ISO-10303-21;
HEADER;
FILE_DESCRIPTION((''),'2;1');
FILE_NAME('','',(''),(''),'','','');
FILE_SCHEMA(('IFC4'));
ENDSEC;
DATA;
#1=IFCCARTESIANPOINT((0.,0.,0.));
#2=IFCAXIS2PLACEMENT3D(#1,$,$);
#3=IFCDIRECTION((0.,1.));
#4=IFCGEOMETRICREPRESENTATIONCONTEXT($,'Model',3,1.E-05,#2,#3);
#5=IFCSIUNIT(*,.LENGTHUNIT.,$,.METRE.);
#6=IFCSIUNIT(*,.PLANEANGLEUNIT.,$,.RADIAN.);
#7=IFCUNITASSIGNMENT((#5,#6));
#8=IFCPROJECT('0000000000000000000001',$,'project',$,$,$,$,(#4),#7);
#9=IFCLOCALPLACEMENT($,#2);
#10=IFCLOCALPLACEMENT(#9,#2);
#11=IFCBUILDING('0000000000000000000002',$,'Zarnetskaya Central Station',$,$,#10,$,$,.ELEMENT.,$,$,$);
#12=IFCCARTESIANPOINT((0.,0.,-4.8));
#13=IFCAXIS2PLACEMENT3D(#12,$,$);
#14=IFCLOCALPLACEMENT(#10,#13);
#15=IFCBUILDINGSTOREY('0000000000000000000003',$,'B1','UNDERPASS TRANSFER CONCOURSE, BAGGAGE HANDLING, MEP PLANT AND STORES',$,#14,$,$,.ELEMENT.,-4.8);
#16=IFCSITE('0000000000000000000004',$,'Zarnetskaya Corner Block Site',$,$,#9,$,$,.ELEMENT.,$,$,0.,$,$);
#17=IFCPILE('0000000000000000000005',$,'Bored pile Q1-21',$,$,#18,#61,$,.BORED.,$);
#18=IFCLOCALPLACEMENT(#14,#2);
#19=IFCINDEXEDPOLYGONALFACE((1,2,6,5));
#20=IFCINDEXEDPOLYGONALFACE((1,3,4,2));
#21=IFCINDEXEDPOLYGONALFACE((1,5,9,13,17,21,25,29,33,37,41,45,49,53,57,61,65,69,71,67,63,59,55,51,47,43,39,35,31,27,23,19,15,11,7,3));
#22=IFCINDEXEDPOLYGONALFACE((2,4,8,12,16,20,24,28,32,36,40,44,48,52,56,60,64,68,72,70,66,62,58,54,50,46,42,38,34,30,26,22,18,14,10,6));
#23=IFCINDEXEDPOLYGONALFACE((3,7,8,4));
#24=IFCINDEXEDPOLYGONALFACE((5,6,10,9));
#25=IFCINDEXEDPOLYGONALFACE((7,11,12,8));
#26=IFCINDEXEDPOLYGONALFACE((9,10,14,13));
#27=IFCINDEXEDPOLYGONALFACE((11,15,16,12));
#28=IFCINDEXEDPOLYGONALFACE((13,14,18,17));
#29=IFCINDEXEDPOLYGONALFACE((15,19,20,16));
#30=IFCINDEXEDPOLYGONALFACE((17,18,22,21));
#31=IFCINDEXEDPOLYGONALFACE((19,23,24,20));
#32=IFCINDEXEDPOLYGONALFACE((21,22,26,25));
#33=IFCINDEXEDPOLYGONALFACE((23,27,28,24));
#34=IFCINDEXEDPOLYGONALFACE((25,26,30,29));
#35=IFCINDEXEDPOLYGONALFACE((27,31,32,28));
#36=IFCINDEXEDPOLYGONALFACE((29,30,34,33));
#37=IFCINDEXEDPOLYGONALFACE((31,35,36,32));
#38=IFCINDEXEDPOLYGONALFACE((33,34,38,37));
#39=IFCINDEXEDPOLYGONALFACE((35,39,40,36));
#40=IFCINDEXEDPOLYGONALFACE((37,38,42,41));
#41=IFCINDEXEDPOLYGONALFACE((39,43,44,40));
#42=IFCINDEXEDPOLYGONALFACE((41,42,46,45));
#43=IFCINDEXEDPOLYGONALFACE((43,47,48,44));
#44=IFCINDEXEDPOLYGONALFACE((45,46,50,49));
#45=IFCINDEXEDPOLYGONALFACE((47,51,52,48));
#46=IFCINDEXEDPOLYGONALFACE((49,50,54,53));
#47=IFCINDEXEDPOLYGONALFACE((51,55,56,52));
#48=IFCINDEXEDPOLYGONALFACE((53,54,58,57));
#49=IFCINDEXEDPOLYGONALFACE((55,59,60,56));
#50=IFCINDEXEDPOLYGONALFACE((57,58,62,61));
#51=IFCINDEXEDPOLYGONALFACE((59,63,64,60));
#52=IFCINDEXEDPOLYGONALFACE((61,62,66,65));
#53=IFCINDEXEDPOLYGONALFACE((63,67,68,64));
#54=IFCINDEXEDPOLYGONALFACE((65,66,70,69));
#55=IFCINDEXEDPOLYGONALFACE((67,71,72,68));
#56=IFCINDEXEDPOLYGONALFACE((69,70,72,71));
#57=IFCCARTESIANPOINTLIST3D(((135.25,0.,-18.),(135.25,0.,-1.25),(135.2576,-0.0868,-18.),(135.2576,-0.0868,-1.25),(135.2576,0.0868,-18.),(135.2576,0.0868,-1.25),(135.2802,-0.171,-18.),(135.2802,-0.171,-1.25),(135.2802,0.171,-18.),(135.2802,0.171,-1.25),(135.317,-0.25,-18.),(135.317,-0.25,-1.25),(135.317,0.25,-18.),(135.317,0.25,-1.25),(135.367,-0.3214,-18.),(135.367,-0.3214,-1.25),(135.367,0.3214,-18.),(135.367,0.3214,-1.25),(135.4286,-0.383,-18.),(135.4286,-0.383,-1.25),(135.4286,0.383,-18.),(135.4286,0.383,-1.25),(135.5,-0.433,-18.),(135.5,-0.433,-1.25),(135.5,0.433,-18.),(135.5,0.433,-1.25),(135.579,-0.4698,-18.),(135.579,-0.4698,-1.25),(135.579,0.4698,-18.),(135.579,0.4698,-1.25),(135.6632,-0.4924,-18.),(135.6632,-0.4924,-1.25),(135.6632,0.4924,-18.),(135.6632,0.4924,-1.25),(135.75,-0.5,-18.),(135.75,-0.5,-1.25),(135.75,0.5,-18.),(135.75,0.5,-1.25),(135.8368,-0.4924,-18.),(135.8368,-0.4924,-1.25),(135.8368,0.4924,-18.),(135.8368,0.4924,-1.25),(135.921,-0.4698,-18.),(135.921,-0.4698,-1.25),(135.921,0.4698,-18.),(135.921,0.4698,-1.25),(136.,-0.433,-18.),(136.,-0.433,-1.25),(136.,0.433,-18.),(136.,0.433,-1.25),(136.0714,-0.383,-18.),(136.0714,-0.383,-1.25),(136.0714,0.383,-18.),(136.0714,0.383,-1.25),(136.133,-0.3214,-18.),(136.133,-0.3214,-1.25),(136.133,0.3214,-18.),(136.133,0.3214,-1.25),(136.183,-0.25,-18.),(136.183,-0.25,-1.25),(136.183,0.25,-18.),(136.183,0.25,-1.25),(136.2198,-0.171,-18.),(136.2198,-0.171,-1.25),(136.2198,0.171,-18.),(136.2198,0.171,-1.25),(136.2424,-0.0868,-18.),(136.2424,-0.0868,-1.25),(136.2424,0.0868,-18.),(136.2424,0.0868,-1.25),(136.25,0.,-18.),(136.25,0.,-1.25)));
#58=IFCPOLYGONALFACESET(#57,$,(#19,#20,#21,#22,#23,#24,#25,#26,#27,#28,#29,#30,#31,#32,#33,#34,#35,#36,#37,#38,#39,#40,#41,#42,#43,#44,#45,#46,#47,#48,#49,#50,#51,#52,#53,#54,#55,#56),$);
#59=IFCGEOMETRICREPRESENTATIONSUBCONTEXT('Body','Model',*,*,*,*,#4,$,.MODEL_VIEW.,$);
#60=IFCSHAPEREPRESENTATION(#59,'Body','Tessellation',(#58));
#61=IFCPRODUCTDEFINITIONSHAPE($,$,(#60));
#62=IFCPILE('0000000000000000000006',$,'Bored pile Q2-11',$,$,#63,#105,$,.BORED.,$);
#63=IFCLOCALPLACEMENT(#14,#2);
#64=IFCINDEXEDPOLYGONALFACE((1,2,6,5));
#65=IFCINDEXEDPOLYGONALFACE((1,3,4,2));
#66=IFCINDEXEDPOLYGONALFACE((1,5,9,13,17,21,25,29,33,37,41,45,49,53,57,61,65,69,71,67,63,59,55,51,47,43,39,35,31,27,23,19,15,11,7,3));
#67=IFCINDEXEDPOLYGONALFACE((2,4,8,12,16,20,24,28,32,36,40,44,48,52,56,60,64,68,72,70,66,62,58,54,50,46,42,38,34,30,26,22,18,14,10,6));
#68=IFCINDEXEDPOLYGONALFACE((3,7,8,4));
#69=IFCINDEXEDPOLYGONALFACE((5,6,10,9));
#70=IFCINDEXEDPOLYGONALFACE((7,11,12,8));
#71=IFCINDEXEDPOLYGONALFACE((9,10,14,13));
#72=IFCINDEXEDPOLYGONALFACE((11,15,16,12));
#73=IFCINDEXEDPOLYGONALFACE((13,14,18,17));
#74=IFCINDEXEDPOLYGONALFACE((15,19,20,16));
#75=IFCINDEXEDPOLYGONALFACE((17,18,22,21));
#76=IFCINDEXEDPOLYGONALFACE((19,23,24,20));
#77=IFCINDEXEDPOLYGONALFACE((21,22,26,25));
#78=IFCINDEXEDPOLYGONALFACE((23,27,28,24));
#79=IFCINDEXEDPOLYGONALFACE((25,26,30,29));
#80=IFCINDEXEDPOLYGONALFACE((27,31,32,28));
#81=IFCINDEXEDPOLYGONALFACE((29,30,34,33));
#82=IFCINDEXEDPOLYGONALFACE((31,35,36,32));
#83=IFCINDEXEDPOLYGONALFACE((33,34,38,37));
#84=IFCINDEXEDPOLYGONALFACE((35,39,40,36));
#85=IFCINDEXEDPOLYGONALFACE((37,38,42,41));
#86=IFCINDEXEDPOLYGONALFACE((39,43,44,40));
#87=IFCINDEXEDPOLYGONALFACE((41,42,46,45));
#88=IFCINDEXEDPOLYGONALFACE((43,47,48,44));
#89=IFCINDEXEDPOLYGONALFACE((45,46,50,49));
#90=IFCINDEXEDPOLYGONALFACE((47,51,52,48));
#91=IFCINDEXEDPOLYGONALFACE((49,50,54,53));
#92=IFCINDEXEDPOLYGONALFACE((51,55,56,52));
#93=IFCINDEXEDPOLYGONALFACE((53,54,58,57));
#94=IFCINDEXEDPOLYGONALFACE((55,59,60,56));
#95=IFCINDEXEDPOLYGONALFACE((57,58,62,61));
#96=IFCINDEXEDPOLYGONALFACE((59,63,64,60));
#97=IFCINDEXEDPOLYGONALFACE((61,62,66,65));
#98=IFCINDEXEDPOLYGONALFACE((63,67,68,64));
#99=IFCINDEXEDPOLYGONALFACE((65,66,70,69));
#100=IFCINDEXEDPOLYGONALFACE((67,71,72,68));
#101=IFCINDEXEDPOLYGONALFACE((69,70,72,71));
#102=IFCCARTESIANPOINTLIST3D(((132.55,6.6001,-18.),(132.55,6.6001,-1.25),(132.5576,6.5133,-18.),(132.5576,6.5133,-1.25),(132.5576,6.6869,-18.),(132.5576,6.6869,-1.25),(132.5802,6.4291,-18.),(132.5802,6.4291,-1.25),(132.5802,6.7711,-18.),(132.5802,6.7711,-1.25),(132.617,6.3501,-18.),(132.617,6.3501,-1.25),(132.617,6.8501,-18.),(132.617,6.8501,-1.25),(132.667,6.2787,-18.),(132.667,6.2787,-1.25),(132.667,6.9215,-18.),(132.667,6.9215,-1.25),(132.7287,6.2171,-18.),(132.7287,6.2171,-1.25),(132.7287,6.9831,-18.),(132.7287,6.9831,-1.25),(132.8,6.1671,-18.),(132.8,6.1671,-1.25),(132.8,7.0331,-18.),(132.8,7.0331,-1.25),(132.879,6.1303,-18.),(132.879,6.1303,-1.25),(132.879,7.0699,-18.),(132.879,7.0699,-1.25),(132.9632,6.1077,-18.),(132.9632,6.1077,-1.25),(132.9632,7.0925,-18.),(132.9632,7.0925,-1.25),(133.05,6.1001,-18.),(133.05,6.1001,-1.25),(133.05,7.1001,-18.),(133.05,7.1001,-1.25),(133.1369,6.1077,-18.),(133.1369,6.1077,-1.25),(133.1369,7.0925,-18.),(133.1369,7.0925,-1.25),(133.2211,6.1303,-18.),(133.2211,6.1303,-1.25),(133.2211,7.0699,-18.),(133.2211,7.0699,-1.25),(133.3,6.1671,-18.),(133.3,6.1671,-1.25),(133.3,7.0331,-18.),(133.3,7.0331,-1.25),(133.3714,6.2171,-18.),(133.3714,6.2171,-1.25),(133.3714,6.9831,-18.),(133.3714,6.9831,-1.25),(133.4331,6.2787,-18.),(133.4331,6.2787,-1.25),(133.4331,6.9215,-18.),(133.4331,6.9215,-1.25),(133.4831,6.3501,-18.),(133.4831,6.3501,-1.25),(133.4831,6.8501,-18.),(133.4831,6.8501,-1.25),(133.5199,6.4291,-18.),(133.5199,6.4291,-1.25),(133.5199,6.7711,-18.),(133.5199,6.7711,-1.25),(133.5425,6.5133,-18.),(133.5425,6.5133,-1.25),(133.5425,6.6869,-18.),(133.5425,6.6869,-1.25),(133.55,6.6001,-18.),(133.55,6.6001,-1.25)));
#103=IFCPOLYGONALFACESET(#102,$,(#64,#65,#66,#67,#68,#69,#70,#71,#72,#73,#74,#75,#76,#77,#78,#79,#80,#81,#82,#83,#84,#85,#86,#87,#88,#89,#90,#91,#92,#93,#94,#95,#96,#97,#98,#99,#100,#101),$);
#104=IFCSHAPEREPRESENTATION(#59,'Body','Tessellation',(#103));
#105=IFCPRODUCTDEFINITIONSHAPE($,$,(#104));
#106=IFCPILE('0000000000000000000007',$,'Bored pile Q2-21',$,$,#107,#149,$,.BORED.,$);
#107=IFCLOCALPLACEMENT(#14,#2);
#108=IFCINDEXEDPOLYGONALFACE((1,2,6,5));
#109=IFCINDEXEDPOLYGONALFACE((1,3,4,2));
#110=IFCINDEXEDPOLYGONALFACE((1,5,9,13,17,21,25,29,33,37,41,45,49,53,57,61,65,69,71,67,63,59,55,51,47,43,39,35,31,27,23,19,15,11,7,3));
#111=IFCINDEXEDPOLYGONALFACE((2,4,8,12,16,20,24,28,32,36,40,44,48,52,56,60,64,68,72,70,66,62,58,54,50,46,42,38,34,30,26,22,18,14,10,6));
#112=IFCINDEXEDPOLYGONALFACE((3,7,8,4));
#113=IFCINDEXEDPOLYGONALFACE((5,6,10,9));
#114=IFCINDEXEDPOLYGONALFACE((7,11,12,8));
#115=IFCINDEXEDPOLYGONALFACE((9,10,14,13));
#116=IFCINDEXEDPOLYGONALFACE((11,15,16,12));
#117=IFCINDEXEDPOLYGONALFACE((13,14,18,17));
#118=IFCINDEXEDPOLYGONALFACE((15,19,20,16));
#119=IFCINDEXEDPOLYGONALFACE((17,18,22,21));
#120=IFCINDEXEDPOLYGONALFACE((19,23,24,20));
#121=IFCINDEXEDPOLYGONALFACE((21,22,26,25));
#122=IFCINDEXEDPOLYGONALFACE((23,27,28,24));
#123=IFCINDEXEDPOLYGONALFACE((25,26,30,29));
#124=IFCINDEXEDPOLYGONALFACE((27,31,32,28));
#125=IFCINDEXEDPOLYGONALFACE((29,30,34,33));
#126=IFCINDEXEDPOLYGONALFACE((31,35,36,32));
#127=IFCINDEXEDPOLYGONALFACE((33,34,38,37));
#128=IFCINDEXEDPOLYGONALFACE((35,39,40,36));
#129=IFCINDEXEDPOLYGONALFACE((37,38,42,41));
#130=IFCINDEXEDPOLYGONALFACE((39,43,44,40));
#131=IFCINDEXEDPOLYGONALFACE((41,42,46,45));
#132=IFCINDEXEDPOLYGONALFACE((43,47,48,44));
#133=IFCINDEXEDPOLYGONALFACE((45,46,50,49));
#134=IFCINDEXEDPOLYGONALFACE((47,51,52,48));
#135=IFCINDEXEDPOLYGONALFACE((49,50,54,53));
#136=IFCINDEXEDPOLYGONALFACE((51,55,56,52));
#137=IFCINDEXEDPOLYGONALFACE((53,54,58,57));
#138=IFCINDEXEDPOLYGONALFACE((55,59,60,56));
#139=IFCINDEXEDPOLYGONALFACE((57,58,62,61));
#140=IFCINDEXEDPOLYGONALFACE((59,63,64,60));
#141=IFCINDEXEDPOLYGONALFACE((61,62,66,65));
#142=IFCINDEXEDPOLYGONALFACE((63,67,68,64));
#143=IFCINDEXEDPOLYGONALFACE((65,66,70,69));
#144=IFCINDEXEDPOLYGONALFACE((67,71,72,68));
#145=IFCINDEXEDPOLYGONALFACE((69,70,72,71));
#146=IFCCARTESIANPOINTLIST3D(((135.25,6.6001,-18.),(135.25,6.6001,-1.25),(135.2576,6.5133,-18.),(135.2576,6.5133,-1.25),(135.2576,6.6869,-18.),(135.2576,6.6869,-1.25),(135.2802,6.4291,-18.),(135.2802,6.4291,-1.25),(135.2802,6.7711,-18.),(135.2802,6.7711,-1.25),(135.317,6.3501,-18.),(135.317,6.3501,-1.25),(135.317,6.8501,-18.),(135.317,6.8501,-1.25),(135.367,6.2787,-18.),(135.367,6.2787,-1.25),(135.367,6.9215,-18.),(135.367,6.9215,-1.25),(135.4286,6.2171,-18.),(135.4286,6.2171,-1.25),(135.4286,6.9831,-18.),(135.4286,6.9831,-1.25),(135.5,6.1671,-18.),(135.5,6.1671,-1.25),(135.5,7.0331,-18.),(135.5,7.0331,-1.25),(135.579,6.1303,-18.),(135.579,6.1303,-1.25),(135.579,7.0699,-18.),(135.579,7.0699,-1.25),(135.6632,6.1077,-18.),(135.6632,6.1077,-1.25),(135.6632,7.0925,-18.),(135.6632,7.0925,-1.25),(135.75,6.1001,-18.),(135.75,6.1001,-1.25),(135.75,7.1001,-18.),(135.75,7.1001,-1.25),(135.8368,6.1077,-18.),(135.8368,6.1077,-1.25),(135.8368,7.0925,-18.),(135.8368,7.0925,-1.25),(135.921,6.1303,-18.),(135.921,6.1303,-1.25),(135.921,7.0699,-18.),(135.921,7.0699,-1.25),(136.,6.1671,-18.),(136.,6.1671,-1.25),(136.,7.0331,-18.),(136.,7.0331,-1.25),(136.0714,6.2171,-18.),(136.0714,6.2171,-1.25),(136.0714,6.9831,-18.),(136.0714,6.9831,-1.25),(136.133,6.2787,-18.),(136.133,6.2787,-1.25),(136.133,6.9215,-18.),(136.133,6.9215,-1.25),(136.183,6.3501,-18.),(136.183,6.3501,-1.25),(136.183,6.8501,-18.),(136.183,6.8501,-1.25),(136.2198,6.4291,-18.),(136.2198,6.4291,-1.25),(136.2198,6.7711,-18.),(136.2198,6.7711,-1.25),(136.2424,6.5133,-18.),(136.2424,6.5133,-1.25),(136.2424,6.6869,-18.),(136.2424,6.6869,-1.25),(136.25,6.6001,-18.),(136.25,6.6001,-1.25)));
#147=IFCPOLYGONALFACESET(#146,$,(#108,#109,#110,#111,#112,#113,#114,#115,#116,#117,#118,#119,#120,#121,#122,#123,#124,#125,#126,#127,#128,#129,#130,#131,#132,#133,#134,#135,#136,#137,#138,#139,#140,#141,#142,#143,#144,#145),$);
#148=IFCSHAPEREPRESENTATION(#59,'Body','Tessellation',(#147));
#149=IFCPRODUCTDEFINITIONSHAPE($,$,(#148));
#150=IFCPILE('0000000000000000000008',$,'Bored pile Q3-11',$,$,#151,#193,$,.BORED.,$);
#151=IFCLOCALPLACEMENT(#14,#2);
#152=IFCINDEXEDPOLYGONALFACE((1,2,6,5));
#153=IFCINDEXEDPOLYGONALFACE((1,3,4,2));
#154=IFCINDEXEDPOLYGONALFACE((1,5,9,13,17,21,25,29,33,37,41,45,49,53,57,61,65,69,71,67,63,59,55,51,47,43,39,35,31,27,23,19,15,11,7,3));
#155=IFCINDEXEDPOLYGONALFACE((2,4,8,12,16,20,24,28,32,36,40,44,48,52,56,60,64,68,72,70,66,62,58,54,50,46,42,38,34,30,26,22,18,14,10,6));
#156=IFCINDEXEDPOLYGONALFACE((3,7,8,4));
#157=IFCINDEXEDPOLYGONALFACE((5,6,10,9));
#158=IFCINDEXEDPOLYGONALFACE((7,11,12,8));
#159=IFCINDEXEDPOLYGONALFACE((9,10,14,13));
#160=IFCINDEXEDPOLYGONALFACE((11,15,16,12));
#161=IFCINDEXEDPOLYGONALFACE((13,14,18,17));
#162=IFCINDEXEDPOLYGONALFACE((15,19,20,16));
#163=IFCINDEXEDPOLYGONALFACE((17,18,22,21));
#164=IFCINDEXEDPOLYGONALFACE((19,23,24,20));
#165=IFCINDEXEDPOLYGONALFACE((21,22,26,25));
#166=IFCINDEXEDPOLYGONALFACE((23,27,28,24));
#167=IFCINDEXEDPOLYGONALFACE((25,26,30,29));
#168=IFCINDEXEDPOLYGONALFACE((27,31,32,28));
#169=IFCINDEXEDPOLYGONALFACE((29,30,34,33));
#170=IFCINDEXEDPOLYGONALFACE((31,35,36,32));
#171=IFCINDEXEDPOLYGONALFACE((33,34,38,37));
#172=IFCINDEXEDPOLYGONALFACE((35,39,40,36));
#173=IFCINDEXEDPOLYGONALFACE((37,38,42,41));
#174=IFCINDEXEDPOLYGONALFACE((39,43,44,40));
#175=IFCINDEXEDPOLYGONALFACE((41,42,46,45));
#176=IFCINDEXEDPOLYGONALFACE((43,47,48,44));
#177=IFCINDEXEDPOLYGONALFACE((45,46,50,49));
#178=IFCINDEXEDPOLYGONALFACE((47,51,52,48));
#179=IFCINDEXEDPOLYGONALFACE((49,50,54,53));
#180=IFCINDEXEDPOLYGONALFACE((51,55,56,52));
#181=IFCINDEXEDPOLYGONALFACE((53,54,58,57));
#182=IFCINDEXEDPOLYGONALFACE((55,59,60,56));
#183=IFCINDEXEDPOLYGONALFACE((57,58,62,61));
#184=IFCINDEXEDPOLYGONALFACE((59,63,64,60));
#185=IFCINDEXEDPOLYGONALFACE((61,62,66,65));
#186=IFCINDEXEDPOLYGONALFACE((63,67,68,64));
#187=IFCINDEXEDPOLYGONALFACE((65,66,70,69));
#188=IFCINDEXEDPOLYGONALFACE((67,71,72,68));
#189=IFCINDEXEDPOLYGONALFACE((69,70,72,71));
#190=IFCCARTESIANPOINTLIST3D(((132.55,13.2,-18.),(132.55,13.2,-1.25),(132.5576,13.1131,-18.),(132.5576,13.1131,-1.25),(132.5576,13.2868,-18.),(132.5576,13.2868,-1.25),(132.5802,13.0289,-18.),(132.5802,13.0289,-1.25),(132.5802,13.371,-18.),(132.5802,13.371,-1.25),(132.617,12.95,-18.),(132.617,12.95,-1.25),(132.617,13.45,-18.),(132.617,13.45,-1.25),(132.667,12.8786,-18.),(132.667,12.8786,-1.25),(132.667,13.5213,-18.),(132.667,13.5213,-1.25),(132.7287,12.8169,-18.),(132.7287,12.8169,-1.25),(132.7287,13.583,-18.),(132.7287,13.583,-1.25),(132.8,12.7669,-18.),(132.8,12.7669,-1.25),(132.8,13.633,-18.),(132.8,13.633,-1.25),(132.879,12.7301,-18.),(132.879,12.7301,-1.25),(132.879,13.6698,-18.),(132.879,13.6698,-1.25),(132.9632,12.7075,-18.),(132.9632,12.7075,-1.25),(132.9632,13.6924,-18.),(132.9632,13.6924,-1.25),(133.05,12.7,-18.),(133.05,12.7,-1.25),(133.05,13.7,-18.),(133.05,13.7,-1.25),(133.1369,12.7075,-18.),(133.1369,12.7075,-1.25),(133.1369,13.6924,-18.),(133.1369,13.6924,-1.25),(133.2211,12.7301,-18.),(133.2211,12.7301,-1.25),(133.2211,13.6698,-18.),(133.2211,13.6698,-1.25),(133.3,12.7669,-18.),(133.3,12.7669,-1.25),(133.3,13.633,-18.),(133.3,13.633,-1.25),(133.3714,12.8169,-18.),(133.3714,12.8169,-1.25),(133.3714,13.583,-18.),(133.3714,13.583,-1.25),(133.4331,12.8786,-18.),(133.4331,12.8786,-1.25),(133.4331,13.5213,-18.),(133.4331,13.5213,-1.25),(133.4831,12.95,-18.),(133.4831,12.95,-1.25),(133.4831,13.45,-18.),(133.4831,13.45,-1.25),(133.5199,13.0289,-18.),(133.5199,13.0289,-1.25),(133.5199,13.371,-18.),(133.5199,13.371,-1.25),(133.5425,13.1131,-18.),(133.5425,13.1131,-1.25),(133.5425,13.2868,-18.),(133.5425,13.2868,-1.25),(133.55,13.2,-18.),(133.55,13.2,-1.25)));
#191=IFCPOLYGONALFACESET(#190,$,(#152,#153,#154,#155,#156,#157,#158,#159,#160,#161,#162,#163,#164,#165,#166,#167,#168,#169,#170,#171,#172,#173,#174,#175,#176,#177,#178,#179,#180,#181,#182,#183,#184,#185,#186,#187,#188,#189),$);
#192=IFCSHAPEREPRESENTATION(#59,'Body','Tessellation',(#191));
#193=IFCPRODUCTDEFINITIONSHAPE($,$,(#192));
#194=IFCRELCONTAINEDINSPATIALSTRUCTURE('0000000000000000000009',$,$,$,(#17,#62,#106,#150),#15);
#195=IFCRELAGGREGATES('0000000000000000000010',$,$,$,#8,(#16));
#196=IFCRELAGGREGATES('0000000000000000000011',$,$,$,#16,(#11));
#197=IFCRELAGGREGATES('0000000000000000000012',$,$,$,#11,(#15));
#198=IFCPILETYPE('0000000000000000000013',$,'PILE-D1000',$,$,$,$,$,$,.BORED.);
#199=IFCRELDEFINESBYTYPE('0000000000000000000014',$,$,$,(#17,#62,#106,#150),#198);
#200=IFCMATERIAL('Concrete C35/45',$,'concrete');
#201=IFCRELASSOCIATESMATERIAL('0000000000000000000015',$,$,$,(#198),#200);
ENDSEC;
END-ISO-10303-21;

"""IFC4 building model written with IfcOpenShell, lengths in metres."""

from ifc_helpers import new_model, si_unit, direction, frame, origin, origin_2d, place, context, subcontext, project, spatial, circle, extrude, material, material_profile, profile_set, type_object, element, save


model = new_model("IFC4")

# Units and contexts
model_context = context("Model", 3, precision=1e-05, world=origin(), true_north=direction((0.0, 1.0)))
body_context = subcontext(model_context, "Body", "Model", "MODEL_VIEW")
ifc_project = project(units=[si_unit("LENGTHUNIT", "METRE"), si_unit("PLANEANGLEUNIT", "RADIAN")], contexts=[model_context])

# Site, building, storey
site_placement = place(None, origin())
site = spatial("IfcSite", under=ifc_project, at=site_placement, Name="Zarnetskaya Corner Block Site", CompositionType="ELEMENT", RefElevation=0.0)
building_placement = place(site_placement, origin())
building = spatial("IfcBuilding", under=site, at=building_placement, Name="Zarnetskaya Central Station", CompositionType="ELEMENT")
storey_placement = place(building_placement, frame((0.0, 0.0, -4.8)))
storey = spatial("IfcBuildingStorey", under=building, at=storey_placement, Name="B1", Description="UNDERPASS TRANSFER CONCOURSE, BAGGAGE HANDLING, MEP PLANT AND STORES", CompositionType="ELEMENT", Elevation=-4.8)

# Shared definitions
ifc_material_1 = material(Name="Concrete C35/45", Category="concrete")

# Piles
ifc_material_profile_1 = material_profile(ifc_material_1, circle(Radius=0.5, at=origin_2d()), Name="BORED PILE D1000")
ifc_profile_set_1 = profile_set([ifc_material_profile_1], Name="Concrete C35/45")
pile_type = type_object("IfcPileType", Name="PILE-D1000", PredefinedType="BORED", material=ifc_profile_set_1)
for number, where, z_axis, x_axis, name in (
    (1, (135.75, 0.0, -1.25), (0.0, 0.0, -1.0), (1.0, 0.0, 0.0), "Bored pile Q1-21"),
    (2, (133.05, 6.6001, -1.25), (0.0, 0.0, -1.0), (1.0, 0.0, 0.0), "Bored pile Q2-11"),
    (3, (135.75, 6.6001, -1.25), (0.0, 0.0, -1.0), (1.0, 0.0, 0.0), "Bored pile Q2-21"),
    (4, (133.05, 13.2, -1.25), (0.0, 0.0, -1.0), (1.0, 0.0, 0.0), "Bored pile Q3-11"),
):
    element("IfcPile", number, at=place(storey_placement, frame(where, z_axis=z_axis, x_axis=x_axis)), inside=storey, type_object=pile_type, Name=name, PredefinedType="BORED", context=body_context, shape_type="SweptSolid", body=[
        extrude(circle(Radius=0.5, at=origin_2d()), origin(), (0.0, 0.0, 1.0), 16.75),
    ])

save(model, "model.ifc")
